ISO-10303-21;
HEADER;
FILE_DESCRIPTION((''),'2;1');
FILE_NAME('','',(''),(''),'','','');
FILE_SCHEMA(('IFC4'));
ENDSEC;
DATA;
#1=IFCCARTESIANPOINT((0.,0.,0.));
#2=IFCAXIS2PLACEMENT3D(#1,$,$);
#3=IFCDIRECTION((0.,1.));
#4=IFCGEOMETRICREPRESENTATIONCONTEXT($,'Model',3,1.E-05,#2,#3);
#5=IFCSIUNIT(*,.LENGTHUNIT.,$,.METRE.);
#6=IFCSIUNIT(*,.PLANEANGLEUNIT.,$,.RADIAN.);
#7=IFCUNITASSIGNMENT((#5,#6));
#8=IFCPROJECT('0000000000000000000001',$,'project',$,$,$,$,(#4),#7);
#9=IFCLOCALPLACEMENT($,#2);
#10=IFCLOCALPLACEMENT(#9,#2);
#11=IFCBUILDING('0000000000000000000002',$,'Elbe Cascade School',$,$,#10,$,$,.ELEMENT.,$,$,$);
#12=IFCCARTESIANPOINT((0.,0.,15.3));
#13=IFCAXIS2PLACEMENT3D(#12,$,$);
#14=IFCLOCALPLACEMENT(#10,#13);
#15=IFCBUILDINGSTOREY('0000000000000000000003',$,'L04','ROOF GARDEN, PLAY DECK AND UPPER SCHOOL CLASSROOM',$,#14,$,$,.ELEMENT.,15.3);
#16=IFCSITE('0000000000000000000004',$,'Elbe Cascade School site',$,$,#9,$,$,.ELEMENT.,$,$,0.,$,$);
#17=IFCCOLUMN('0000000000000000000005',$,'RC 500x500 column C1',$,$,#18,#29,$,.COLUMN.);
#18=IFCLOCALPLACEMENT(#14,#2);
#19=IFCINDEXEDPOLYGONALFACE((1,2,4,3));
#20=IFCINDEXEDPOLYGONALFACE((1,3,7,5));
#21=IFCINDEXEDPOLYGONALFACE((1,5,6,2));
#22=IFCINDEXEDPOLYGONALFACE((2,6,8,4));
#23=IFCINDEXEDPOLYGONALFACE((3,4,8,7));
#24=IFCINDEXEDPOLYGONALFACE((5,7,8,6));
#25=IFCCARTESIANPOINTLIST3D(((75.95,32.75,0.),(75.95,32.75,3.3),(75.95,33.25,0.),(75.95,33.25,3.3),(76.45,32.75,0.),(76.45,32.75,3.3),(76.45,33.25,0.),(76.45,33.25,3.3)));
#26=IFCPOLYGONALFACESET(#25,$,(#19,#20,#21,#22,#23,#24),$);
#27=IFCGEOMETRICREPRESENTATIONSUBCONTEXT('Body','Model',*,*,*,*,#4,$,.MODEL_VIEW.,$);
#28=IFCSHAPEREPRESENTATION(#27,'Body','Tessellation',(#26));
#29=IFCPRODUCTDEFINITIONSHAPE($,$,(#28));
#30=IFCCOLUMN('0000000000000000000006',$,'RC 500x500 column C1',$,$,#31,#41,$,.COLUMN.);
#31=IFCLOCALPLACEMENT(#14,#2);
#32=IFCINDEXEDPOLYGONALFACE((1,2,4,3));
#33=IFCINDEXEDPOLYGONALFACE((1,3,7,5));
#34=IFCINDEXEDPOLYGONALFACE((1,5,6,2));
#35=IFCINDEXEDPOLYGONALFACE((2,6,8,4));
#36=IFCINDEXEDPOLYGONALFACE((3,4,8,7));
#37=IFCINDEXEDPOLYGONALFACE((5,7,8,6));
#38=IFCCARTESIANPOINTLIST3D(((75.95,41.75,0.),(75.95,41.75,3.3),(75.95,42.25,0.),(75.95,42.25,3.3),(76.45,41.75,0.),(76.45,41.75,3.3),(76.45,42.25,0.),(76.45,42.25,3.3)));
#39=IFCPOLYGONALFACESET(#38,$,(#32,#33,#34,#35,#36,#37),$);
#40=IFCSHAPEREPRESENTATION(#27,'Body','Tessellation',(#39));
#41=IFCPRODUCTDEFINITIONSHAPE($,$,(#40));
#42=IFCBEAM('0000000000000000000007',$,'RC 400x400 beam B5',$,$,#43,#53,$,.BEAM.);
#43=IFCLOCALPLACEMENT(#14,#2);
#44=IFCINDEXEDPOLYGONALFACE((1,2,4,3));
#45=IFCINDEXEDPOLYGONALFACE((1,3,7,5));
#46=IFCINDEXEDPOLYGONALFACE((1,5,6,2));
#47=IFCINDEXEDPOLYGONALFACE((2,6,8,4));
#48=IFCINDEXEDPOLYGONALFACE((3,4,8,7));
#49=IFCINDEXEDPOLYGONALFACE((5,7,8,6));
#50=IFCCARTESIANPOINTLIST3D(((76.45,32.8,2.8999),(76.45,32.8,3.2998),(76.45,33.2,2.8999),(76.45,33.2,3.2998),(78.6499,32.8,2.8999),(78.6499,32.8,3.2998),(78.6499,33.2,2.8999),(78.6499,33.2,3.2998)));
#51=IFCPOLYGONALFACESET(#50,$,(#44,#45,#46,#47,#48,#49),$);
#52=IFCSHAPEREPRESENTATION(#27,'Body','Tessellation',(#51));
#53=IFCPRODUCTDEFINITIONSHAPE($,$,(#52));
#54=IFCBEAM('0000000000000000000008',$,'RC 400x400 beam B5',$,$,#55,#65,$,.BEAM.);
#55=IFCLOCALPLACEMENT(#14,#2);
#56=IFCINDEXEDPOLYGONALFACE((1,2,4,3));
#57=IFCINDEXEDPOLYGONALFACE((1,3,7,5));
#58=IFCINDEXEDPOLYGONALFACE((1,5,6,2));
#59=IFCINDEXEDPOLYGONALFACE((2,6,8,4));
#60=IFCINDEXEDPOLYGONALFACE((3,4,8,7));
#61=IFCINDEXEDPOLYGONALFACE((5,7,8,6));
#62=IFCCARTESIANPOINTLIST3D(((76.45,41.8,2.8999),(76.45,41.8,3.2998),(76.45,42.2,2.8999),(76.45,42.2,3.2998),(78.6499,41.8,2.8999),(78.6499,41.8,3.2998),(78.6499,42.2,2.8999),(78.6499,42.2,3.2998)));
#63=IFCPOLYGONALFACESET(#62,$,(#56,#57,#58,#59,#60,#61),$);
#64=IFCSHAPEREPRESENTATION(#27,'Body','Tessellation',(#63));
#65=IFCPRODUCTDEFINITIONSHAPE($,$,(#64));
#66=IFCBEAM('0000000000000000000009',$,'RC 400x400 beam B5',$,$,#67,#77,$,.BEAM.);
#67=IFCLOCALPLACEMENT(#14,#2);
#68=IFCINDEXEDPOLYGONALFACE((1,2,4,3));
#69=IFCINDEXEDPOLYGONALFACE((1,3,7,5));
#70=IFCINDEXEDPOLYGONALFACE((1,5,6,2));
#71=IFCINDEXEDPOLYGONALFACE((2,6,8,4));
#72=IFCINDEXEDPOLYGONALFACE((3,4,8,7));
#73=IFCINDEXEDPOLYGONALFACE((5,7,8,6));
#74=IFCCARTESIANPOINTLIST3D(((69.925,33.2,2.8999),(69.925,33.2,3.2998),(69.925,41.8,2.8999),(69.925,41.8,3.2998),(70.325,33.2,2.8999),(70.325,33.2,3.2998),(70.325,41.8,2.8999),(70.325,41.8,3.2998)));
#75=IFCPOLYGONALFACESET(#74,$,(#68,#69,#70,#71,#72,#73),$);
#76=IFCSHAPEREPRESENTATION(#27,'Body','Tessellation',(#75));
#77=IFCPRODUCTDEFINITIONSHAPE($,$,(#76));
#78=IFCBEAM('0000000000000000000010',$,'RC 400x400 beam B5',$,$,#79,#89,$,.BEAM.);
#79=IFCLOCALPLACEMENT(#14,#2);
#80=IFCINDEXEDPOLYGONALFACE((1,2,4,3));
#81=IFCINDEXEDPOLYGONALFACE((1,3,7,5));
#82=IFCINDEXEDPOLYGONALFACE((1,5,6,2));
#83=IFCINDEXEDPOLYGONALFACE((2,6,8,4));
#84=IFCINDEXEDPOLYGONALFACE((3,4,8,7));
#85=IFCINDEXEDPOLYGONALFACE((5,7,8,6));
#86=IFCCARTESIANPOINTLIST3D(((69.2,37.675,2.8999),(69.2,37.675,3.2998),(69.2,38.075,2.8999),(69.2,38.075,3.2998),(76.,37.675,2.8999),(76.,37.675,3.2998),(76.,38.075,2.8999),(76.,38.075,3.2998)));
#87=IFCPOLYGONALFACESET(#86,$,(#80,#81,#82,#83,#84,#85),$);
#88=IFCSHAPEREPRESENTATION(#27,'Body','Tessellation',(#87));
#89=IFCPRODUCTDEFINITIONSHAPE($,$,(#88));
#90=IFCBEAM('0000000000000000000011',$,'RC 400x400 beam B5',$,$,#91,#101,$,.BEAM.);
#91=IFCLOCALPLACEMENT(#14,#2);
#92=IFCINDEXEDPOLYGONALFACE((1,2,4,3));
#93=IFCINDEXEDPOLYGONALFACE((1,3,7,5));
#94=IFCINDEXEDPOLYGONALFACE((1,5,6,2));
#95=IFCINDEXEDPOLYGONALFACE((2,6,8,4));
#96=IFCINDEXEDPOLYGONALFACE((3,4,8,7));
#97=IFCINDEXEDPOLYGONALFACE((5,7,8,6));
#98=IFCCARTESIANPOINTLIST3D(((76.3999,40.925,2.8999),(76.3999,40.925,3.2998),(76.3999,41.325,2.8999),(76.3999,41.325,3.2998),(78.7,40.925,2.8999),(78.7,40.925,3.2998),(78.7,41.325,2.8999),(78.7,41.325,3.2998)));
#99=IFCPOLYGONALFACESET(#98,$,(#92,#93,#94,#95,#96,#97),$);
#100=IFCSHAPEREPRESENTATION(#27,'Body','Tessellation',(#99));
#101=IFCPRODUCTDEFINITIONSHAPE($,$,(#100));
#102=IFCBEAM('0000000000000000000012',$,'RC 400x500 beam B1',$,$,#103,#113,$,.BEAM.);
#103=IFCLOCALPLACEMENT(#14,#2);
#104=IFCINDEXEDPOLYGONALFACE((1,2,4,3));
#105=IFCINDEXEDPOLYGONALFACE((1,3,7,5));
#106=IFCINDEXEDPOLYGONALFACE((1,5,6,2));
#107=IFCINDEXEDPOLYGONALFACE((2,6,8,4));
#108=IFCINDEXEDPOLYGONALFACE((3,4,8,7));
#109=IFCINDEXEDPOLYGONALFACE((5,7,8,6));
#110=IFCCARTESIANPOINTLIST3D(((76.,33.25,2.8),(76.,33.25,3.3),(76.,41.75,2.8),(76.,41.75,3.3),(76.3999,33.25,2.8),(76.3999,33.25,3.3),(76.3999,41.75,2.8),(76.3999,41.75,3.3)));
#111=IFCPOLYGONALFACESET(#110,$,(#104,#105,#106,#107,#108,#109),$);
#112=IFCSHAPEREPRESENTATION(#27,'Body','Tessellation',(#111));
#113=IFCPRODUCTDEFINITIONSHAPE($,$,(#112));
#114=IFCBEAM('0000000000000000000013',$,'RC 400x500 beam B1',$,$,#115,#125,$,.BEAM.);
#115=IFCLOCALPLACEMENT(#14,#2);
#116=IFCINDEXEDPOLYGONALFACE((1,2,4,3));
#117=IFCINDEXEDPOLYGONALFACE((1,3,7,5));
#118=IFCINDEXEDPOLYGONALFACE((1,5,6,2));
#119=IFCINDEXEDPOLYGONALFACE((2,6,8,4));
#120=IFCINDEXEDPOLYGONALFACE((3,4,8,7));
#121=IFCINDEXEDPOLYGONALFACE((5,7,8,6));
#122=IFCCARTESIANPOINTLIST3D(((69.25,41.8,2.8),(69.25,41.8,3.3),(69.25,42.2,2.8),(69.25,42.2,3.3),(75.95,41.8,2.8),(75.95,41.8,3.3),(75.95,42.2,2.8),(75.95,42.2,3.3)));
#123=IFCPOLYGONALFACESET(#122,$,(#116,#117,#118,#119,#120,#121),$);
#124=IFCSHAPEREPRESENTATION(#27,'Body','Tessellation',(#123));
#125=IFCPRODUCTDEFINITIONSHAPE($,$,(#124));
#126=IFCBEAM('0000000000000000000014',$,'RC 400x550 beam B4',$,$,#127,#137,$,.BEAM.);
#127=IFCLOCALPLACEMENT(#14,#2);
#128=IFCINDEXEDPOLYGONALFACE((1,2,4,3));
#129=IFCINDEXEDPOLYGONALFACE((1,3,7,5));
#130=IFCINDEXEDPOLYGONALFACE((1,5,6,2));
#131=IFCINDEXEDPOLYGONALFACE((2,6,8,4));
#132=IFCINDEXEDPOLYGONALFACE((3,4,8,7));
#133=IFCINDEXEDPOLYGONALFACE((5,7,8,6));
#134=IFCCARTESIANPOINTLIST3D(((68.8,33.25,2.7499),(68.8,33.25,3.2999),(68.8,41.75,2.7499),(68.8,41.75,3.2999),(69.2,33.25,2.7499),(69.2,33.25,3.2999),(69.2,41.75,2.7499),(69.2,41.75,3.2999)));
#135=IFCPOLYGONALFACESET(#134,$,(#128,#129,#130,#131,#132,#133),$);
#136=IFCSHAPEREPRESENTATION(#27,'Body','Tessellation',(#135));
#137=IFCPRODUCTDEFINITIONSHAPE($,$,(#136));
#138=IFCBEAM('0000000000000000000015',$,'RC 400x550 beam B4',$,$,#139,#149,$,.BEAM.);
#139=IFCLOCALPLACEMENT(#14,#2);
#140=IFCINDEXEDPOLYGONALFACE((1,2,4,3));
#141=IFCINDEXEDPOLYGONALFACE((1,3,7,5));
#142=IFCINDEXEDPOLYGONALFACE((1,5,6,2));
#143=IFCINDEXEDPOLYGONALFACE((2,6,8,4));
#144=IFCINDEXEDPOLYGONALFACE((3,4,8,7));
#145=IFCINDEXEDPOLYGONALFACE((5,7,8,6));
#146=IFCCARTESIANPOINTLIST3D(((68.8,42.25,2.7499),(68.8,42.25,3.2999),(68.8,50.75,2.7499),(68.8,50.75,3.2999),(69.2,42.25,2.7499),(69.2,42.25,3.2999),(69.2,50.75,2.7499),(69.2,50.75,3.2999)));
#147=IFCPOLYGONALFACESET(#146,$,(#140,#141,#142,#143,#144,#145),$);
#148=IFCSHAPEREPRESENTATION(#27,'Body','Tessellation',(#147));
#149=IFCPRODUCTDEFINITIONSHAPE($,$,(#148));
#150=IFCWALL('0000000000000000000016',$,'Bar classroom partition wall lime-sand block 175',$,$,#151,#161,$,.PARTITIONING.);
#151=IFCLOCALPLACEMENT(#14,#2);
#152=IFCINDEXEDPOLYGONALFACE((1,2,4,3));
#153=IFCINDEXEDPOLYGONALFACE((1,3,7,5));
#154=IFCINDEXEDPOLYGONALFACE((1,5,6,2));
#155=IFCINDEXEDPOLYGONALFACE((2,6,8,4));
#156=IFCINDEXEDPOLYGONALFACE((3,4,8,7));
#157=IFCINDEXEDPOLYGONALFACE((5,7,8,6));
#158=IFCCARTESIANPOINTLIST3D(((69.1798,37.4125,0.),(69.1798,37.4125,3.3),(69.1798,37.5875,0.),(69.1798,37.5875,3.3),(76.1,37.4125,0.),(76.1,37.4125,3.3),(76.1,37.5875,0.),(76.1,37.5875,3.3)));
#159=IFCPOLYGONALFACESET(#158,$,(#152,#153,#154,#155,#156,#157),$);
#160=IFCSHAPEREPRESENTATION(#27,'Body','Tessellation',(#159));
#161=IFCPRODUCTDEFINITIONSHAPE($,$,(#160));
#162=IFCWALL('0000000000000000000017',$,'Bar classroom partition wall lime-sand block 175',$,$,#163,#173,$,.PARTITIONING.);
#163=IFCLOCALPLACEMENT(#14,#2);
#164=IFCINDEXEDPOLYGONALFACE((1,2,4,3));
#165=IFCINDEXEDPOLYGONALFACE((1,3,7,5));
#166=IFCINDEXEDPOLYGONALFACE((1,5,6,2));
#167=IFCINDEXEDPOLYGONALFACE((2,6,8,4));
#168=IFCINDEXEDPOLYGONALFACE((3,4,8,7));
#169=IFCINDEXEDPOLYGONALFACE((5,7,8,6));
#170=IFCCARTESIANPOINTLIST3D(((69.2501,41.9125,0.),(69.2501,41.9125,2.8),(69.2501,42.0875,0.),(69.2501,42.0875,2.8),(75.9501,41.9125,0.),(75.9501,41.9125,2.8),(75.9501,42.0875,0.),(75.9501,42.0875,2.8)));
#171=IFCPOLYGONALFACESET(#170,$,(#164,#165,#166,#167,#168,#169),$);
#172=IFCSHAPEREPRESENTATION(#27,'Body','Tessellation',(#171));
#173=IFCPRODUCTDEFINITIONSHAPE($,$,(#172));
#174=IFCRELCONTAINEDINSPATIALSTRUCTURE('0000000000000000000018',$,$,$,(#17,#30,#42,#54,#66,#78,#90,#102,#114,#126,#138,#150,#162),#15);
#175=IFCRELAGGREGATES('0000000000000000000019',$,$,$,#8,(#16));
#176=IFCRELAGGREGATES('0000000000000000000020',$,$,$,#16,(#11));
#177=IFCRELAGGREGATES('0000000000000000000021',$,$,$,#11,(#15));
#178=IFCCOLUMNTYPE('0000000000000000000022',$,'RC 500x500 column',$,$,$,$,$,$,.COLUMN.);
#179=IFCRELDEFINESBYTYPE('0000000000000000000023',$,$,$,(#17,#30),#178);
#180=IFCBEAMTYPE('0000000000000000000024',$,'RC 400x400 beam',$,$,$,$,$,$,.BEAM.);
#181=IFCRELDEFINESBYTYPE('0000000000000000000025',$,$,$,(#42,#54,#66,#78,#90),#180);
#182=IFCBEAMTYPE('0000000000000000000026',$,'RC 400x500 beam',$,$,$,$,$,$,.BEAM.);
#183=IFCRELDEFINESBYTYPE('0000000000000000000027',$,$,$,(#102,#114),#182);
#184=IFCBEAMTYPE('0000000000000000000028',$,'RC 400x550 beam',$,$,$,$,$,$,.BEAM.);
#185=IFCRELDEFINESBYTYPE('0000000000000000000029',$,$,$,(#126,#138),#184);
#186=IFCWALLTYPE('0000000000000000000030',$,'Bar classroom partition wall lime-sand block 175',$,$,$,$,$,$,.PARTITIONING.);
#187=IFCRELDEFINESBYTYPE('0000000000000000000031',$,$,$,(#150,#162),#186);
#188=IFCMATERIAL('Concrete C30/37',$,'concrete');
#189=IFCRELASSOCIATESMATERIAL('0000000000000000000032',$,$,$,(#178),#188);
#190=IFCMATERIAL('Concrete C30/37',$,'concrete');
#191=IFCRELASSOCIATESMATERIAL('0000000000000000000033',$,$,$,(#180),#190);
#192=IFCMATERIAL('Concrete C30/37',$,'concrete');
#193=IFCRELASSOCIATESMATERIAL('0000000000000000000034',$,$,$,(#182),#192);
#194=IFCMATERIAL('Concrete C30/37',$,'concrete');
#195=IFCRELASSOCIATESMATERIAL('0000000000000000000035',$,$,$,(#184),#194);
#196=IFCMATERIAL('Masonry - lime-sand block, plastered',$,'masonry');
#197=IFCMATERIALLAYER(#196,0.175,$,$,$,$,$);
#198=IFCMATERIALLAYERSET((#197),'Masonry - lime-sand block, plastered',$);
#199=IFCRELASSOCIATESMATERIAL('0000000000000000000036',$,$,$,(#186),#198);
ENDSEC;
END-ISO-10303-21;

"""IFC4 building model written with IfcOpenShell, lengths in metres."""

from ifc_helpers import new_model, si_unit, direction, frame, frame_2d, origin, origin_2d, place, context, subcontext, project, spatial, rectangle, extrude, material, layer, layer_set, material_profile, profile_set, type_object, element, save


model = new_model("IFC4")

# Units and contexts
model_context = context("Model", 3, precision=1e-05, world=origin(), true_north=direction((0.0, 1.0)))
body_context = subcontext(model_context, "Body", "Model", "MODEL_VIEW")
ifc_project = project(units=[si_unit("LENGTHUNIT", "METRE"), si_unit("PLANEANGLEUNIT", "RADIAN")], contexts=[model_context])

# Site, building, storey
site_placement = place(None, origin())
site = spatial("IfcSite", under=ifc_project, at=site_placement, Name="Elbe Cascade School site", CompositionType="ELEMENT", RefElevation=0.0)
building_placement = place(site_placement, origin())
building = spatial("IfcBuilding", under=site, at=building_placement, Name="Elbe Cascade School", CompositionType="ELEMENT")
storey_placement = place(building_placement, frame((0.0, 0.0, 15.3)))
storey = spatial("IfcBuildingStorey", under=building, at=storey_placement, Name="L04", Description="ROOF GARDEN, PLAY DECK AND UPPER SCHOOL CLASSROOM", CompositionType="ELEMENT", Elevation=15.3)

# Columns
ifc_material_1 = material(Name="Concrete C30/37", Category="concrete")
ifc_material_profile_1 = material_profile(ifc_material_1, rectangle(XDim=0.5, YDim=0.5, at=origin_2d()), Name="RC 500x500")
ifc_profile_set_1 = profile_set([ifc_material_profile_1], Name="Concrete C30/37")
column_type = type_object("IfcColumnType", Name="RC 500x500 column", PredefinedType="COLUMN", material=ifc_profile_set_1)
for number, where, z_axis, x_axis, name in (
    (1, (76.2, 33.0, 0.0), (0.0, 0.0, 1.0), (1.0, 0.0, 0.0), "RC 500x500 column C1"),
    (2, (76.2, 42.0, 0.0), (0.0, 0.0, 1.0), (1.0, 0.0, 0.0), "RC 500x500 column C1"),
):
    element("IfcColumn", number, at=place(storey_placement, frame(where, z_axis=z_axis, x_axis=x_axis)), inside=storey, type_object=column_type, Name=name, PredefinedType="COLUMN", context=body_context, shape_type="SweptSolid", body=[
        extrude(rectangle(XDim=0.5, YDim=0.5, at=origin_2d()), origin(), (0.0, 0.0, 1.0), 3.3),
    ])

# Beams
ifc_material_2 = material(Name="Concrete C30/37", Category="concrete")
ifc_material_profile_2 = material_profile(ifc_material_2, rectangle(XDim=0.3999, YDim=0.3999, at=origin_2d()), Name="RC 400x400")
ifc_profile_set_2 = profile_set([ifc_material_profile_2], Name="Concrete C30/37")
beam_type_1 = type_object("IfcBeamType", Name="RC 400x400 beam", PredefinedType="BEAM", material=ifc_profile_set_2)
for number, where, z_axis, x_axis, name in (
    (3, (76.45, 33.0, 3.0999), (1.0, 0.0, 0.0), (0.0, 1.0, 0.0), "RC 400x400 beam B5"),
    (4, (76.45, 42.0, 3.0999), (1.0, 0.0, 0.0), (0.0, 1.0, 0.0), "RC 400x400 beam B5"),
):
    element("IfcBeam", number, at=place(storey_placement, frame(where, z_axis=z_axis, x_axis=x_axis)), inside=storey, type_object=beam_type_1, Name=name, PredefinedType="BEAM", context=body_context, shape_type="SweptSolid", body=[
        extrude(rectangle(XDim=0.3999, YDim=0.3999, at=origin_2d()), origin(), (0.0, 0.0, 1.0), 2.2),
    ])
beam_1_placement = place(storey_placement, frame((70.125, 33.2, 3.0999), z_axis=(0.0, 1.0, 0.0), x_axis=(-1.0, 0.0, 0.0)))
element("IfcBeam", 5, at=beam_1_placement, inside=storey, type_object=beam_type_1, Name="RC 400x400 beam B5", PredefinedType="BEAM", context=body_context, shape_type="SweptSolid", body=[
    extrude(rectangle(XDim=0.3999, YDim=0.3999, at=origin_2d()), origin(), (0.0, 0.0, 1.0), 8.6001),
])
beam_2_placement = place(storey_placement, frame((69.2, 37.875, 3.0999), z_axis=(1.0, 0.0, 0.0), x_axis=(0.0, 1.0, 0.0)))
element("IfcBeam", 6, at=beam_2_placement, inside=storey, type_object=beam_type_1, Name="RC 400x400 beam B5", PredefinedType="BEAM", context=body_context, shape_type="SweptSolid", body=[
    extrude(rectangle(XDim=0.3999, YDim=0.3999, at=origin_2d()), origin(), (0.0, 0.0, 1.0), 6.8),
])
beam_3_placement = place(storey_placement, frame((76.3999, 41.125, 3.0999), z_axis=(1.0, 0.0, 0.0), x_axis=(0.0, 1.0, 0.0)))
element("IfcBeam", 7, at=beam_3_placement, inside=storey, type_object=beam_type_1, Name="RC 400x400 beam B5", PredefinedType="BEAM", context=body_context, shape_type="SweptSolid", body=[
    extrude(rectangle(XDim=0.3999, YDim=0.3999, at=origin_2d()), origin(), (0.0, 0.0, 1.0), 2.3),
])
ifc_material_3 = material(Name="Concrete C30/37", Category="concrete")
ifc_material_profile_3 = material_profile(ifc_material_3, rectangle(XDim=0.3999, YDim=0.5, at=origin_2d()), Name="RC 400x500")
ifc_profile_set_3 = profile_set([ifc_material_profile_3], Name="Concrete C30/37")
beam_type_2 = type_object("IfcBeamType", Name="RC 400x500 beam", PredefinedType="BEAM", material=ifc_profile_set_3)
beam_4_placement = place(storey_placement, frame((76.2, 33.25, 3.05), z_axis=(0.0, 1.0, 0.0), x_axis=(-1.0, 0.0, 0.0)))
element("IfcBeam", 8, at=beam_4_placement, inside=storey, type_object=beam_type_2, Name="RC 400x500 beam B1", PredefinedType="BEAM", context=body_context, shape_type="SweptSolid", body=[
    extrude(rectangle(XDim=0.3999, YDim=0.5, at=origin_2d()), origin(), (0.0, 0.0, 1.0), 8.5),
])
beam_5_placement = place(storey_placement, frame((69.25, 42.0, 3.05), z_axis=(1.0, 0.0, 0.0), x_axis=(0.0, 1.0, 0.0)))
element("IfcBeam", 9, at=beam_5_placement, inside=storey, type_object=beam_type_2, Name="RC 400x500 beam B1", PredefinedType="BEAM", context=body_context, shape_type="SweptSolid", body=[
    extrude(rectangle(XDim=0.3999, YDim=0.5, at=origin_2d()), origin(), (0.0, 0.0, 1.0), 6.7),
])
ifc_material_4 = material(Name="Concrete C30/37", Category="concrete")
ifc_material_profile_4 = material_profile(ifc_material_4, rectangle(XDim=0.3999, YDim=0.55, at=origin_2d()), Name="RC 400x550")
ifc_profile_set_4 = profile_set([ifc_material_profile_4], Name="Concrete C30/37")
beam_type_3 = type_object("IfcBeamType", Name="RC 400x550 beam", PredefinedType="BEAM", material=ifc_profile_set_4)
for number, where, z_axis, x_axis, name in (
    (10, (69.0, 33.25, 3.0249), (0.0, 1.0, 0.0), (-1.0, 0.0, 0.0), "RC 400x550 beam B4"),
    (11, (69.0, 42.25, 3.0249), (0.0, 1.0, 0.0), (-1.0, 0.0, 0.0), "RC 400x550 beam B4"),
):
    element("IfcBeam", number, at=place(storey_placement, frame(where, z_axis=z_axis, x_axis=x_axis)), inside=storey, type_object=beam_type_3, Name=name, PredefinedType="BEAM", context=body_context, shape_type="SweptSolid", body=[
        extrude(rectangle(XDim=0.3999, YDim=0.55, at=origin_2d()), origin(), (0.0, 0.0, 1.0), 8.5),
    ])

# Walls
ifc_material_5 = material(Name="Masonry - lime-sand block, plastered", Category="masonry")
ifc_layer_1 = layer(ifc_material_5, 0.175)
ifc_layer_set_1 = layer_set([ifc_layer_1], Name="Masonry - lime-sand block, plastered")
wall_type_1 = type_object("IfcWallType", Name="Bar classroom partition wall lime-sand block 175", PredefinedType="PARTITIONING", material=ifc_layer_set_1)
wall_1_placement = place(storey_placement, frame((69.1799, 37.5, 0.0), z_axis=(0.0, 0.0, 1.0), x_axis=(1.0, 0.0, 0.0)))
element("IfcWall", 12, at=wall_1_placement, inside=storey, type_object=wall_type_1, Name="Bar classroom partition wall lime-sand block 175", PredefinedType="PARTITIONING", context=body_context, shape_type="SweptSolid", body=[
    extrude(rectangle(XDim=6.9202, YDim=0.175, at=frame_2d((3.46, 0.0))), origin(), (0.0, 0.0, 1.0), 3.3),
])
wall_2_placement = place(storey_placement, frame((69.25, 42.0, 0.0), z_axis=(0.0, 0.0, 1.0), x_axis=(1.0, 0.0, 0.0)))
element("IfcWall", 13, at=wall_2_placement, inside=storey, type_object=wall_type_1, Name="Bar classroom partition wall lime-sand block 175", PredefinedType="PARTITIONING", context=body_context, shape_type="SweptSolid", body=[
    extrude(rectangle(XDim=6.7, YDim=0.175, at=frame_2d((3.3501, 0.0))), origin(), (0.0, 0.0, 1.0), 2.8),
])

save(model, "model.ifc")
